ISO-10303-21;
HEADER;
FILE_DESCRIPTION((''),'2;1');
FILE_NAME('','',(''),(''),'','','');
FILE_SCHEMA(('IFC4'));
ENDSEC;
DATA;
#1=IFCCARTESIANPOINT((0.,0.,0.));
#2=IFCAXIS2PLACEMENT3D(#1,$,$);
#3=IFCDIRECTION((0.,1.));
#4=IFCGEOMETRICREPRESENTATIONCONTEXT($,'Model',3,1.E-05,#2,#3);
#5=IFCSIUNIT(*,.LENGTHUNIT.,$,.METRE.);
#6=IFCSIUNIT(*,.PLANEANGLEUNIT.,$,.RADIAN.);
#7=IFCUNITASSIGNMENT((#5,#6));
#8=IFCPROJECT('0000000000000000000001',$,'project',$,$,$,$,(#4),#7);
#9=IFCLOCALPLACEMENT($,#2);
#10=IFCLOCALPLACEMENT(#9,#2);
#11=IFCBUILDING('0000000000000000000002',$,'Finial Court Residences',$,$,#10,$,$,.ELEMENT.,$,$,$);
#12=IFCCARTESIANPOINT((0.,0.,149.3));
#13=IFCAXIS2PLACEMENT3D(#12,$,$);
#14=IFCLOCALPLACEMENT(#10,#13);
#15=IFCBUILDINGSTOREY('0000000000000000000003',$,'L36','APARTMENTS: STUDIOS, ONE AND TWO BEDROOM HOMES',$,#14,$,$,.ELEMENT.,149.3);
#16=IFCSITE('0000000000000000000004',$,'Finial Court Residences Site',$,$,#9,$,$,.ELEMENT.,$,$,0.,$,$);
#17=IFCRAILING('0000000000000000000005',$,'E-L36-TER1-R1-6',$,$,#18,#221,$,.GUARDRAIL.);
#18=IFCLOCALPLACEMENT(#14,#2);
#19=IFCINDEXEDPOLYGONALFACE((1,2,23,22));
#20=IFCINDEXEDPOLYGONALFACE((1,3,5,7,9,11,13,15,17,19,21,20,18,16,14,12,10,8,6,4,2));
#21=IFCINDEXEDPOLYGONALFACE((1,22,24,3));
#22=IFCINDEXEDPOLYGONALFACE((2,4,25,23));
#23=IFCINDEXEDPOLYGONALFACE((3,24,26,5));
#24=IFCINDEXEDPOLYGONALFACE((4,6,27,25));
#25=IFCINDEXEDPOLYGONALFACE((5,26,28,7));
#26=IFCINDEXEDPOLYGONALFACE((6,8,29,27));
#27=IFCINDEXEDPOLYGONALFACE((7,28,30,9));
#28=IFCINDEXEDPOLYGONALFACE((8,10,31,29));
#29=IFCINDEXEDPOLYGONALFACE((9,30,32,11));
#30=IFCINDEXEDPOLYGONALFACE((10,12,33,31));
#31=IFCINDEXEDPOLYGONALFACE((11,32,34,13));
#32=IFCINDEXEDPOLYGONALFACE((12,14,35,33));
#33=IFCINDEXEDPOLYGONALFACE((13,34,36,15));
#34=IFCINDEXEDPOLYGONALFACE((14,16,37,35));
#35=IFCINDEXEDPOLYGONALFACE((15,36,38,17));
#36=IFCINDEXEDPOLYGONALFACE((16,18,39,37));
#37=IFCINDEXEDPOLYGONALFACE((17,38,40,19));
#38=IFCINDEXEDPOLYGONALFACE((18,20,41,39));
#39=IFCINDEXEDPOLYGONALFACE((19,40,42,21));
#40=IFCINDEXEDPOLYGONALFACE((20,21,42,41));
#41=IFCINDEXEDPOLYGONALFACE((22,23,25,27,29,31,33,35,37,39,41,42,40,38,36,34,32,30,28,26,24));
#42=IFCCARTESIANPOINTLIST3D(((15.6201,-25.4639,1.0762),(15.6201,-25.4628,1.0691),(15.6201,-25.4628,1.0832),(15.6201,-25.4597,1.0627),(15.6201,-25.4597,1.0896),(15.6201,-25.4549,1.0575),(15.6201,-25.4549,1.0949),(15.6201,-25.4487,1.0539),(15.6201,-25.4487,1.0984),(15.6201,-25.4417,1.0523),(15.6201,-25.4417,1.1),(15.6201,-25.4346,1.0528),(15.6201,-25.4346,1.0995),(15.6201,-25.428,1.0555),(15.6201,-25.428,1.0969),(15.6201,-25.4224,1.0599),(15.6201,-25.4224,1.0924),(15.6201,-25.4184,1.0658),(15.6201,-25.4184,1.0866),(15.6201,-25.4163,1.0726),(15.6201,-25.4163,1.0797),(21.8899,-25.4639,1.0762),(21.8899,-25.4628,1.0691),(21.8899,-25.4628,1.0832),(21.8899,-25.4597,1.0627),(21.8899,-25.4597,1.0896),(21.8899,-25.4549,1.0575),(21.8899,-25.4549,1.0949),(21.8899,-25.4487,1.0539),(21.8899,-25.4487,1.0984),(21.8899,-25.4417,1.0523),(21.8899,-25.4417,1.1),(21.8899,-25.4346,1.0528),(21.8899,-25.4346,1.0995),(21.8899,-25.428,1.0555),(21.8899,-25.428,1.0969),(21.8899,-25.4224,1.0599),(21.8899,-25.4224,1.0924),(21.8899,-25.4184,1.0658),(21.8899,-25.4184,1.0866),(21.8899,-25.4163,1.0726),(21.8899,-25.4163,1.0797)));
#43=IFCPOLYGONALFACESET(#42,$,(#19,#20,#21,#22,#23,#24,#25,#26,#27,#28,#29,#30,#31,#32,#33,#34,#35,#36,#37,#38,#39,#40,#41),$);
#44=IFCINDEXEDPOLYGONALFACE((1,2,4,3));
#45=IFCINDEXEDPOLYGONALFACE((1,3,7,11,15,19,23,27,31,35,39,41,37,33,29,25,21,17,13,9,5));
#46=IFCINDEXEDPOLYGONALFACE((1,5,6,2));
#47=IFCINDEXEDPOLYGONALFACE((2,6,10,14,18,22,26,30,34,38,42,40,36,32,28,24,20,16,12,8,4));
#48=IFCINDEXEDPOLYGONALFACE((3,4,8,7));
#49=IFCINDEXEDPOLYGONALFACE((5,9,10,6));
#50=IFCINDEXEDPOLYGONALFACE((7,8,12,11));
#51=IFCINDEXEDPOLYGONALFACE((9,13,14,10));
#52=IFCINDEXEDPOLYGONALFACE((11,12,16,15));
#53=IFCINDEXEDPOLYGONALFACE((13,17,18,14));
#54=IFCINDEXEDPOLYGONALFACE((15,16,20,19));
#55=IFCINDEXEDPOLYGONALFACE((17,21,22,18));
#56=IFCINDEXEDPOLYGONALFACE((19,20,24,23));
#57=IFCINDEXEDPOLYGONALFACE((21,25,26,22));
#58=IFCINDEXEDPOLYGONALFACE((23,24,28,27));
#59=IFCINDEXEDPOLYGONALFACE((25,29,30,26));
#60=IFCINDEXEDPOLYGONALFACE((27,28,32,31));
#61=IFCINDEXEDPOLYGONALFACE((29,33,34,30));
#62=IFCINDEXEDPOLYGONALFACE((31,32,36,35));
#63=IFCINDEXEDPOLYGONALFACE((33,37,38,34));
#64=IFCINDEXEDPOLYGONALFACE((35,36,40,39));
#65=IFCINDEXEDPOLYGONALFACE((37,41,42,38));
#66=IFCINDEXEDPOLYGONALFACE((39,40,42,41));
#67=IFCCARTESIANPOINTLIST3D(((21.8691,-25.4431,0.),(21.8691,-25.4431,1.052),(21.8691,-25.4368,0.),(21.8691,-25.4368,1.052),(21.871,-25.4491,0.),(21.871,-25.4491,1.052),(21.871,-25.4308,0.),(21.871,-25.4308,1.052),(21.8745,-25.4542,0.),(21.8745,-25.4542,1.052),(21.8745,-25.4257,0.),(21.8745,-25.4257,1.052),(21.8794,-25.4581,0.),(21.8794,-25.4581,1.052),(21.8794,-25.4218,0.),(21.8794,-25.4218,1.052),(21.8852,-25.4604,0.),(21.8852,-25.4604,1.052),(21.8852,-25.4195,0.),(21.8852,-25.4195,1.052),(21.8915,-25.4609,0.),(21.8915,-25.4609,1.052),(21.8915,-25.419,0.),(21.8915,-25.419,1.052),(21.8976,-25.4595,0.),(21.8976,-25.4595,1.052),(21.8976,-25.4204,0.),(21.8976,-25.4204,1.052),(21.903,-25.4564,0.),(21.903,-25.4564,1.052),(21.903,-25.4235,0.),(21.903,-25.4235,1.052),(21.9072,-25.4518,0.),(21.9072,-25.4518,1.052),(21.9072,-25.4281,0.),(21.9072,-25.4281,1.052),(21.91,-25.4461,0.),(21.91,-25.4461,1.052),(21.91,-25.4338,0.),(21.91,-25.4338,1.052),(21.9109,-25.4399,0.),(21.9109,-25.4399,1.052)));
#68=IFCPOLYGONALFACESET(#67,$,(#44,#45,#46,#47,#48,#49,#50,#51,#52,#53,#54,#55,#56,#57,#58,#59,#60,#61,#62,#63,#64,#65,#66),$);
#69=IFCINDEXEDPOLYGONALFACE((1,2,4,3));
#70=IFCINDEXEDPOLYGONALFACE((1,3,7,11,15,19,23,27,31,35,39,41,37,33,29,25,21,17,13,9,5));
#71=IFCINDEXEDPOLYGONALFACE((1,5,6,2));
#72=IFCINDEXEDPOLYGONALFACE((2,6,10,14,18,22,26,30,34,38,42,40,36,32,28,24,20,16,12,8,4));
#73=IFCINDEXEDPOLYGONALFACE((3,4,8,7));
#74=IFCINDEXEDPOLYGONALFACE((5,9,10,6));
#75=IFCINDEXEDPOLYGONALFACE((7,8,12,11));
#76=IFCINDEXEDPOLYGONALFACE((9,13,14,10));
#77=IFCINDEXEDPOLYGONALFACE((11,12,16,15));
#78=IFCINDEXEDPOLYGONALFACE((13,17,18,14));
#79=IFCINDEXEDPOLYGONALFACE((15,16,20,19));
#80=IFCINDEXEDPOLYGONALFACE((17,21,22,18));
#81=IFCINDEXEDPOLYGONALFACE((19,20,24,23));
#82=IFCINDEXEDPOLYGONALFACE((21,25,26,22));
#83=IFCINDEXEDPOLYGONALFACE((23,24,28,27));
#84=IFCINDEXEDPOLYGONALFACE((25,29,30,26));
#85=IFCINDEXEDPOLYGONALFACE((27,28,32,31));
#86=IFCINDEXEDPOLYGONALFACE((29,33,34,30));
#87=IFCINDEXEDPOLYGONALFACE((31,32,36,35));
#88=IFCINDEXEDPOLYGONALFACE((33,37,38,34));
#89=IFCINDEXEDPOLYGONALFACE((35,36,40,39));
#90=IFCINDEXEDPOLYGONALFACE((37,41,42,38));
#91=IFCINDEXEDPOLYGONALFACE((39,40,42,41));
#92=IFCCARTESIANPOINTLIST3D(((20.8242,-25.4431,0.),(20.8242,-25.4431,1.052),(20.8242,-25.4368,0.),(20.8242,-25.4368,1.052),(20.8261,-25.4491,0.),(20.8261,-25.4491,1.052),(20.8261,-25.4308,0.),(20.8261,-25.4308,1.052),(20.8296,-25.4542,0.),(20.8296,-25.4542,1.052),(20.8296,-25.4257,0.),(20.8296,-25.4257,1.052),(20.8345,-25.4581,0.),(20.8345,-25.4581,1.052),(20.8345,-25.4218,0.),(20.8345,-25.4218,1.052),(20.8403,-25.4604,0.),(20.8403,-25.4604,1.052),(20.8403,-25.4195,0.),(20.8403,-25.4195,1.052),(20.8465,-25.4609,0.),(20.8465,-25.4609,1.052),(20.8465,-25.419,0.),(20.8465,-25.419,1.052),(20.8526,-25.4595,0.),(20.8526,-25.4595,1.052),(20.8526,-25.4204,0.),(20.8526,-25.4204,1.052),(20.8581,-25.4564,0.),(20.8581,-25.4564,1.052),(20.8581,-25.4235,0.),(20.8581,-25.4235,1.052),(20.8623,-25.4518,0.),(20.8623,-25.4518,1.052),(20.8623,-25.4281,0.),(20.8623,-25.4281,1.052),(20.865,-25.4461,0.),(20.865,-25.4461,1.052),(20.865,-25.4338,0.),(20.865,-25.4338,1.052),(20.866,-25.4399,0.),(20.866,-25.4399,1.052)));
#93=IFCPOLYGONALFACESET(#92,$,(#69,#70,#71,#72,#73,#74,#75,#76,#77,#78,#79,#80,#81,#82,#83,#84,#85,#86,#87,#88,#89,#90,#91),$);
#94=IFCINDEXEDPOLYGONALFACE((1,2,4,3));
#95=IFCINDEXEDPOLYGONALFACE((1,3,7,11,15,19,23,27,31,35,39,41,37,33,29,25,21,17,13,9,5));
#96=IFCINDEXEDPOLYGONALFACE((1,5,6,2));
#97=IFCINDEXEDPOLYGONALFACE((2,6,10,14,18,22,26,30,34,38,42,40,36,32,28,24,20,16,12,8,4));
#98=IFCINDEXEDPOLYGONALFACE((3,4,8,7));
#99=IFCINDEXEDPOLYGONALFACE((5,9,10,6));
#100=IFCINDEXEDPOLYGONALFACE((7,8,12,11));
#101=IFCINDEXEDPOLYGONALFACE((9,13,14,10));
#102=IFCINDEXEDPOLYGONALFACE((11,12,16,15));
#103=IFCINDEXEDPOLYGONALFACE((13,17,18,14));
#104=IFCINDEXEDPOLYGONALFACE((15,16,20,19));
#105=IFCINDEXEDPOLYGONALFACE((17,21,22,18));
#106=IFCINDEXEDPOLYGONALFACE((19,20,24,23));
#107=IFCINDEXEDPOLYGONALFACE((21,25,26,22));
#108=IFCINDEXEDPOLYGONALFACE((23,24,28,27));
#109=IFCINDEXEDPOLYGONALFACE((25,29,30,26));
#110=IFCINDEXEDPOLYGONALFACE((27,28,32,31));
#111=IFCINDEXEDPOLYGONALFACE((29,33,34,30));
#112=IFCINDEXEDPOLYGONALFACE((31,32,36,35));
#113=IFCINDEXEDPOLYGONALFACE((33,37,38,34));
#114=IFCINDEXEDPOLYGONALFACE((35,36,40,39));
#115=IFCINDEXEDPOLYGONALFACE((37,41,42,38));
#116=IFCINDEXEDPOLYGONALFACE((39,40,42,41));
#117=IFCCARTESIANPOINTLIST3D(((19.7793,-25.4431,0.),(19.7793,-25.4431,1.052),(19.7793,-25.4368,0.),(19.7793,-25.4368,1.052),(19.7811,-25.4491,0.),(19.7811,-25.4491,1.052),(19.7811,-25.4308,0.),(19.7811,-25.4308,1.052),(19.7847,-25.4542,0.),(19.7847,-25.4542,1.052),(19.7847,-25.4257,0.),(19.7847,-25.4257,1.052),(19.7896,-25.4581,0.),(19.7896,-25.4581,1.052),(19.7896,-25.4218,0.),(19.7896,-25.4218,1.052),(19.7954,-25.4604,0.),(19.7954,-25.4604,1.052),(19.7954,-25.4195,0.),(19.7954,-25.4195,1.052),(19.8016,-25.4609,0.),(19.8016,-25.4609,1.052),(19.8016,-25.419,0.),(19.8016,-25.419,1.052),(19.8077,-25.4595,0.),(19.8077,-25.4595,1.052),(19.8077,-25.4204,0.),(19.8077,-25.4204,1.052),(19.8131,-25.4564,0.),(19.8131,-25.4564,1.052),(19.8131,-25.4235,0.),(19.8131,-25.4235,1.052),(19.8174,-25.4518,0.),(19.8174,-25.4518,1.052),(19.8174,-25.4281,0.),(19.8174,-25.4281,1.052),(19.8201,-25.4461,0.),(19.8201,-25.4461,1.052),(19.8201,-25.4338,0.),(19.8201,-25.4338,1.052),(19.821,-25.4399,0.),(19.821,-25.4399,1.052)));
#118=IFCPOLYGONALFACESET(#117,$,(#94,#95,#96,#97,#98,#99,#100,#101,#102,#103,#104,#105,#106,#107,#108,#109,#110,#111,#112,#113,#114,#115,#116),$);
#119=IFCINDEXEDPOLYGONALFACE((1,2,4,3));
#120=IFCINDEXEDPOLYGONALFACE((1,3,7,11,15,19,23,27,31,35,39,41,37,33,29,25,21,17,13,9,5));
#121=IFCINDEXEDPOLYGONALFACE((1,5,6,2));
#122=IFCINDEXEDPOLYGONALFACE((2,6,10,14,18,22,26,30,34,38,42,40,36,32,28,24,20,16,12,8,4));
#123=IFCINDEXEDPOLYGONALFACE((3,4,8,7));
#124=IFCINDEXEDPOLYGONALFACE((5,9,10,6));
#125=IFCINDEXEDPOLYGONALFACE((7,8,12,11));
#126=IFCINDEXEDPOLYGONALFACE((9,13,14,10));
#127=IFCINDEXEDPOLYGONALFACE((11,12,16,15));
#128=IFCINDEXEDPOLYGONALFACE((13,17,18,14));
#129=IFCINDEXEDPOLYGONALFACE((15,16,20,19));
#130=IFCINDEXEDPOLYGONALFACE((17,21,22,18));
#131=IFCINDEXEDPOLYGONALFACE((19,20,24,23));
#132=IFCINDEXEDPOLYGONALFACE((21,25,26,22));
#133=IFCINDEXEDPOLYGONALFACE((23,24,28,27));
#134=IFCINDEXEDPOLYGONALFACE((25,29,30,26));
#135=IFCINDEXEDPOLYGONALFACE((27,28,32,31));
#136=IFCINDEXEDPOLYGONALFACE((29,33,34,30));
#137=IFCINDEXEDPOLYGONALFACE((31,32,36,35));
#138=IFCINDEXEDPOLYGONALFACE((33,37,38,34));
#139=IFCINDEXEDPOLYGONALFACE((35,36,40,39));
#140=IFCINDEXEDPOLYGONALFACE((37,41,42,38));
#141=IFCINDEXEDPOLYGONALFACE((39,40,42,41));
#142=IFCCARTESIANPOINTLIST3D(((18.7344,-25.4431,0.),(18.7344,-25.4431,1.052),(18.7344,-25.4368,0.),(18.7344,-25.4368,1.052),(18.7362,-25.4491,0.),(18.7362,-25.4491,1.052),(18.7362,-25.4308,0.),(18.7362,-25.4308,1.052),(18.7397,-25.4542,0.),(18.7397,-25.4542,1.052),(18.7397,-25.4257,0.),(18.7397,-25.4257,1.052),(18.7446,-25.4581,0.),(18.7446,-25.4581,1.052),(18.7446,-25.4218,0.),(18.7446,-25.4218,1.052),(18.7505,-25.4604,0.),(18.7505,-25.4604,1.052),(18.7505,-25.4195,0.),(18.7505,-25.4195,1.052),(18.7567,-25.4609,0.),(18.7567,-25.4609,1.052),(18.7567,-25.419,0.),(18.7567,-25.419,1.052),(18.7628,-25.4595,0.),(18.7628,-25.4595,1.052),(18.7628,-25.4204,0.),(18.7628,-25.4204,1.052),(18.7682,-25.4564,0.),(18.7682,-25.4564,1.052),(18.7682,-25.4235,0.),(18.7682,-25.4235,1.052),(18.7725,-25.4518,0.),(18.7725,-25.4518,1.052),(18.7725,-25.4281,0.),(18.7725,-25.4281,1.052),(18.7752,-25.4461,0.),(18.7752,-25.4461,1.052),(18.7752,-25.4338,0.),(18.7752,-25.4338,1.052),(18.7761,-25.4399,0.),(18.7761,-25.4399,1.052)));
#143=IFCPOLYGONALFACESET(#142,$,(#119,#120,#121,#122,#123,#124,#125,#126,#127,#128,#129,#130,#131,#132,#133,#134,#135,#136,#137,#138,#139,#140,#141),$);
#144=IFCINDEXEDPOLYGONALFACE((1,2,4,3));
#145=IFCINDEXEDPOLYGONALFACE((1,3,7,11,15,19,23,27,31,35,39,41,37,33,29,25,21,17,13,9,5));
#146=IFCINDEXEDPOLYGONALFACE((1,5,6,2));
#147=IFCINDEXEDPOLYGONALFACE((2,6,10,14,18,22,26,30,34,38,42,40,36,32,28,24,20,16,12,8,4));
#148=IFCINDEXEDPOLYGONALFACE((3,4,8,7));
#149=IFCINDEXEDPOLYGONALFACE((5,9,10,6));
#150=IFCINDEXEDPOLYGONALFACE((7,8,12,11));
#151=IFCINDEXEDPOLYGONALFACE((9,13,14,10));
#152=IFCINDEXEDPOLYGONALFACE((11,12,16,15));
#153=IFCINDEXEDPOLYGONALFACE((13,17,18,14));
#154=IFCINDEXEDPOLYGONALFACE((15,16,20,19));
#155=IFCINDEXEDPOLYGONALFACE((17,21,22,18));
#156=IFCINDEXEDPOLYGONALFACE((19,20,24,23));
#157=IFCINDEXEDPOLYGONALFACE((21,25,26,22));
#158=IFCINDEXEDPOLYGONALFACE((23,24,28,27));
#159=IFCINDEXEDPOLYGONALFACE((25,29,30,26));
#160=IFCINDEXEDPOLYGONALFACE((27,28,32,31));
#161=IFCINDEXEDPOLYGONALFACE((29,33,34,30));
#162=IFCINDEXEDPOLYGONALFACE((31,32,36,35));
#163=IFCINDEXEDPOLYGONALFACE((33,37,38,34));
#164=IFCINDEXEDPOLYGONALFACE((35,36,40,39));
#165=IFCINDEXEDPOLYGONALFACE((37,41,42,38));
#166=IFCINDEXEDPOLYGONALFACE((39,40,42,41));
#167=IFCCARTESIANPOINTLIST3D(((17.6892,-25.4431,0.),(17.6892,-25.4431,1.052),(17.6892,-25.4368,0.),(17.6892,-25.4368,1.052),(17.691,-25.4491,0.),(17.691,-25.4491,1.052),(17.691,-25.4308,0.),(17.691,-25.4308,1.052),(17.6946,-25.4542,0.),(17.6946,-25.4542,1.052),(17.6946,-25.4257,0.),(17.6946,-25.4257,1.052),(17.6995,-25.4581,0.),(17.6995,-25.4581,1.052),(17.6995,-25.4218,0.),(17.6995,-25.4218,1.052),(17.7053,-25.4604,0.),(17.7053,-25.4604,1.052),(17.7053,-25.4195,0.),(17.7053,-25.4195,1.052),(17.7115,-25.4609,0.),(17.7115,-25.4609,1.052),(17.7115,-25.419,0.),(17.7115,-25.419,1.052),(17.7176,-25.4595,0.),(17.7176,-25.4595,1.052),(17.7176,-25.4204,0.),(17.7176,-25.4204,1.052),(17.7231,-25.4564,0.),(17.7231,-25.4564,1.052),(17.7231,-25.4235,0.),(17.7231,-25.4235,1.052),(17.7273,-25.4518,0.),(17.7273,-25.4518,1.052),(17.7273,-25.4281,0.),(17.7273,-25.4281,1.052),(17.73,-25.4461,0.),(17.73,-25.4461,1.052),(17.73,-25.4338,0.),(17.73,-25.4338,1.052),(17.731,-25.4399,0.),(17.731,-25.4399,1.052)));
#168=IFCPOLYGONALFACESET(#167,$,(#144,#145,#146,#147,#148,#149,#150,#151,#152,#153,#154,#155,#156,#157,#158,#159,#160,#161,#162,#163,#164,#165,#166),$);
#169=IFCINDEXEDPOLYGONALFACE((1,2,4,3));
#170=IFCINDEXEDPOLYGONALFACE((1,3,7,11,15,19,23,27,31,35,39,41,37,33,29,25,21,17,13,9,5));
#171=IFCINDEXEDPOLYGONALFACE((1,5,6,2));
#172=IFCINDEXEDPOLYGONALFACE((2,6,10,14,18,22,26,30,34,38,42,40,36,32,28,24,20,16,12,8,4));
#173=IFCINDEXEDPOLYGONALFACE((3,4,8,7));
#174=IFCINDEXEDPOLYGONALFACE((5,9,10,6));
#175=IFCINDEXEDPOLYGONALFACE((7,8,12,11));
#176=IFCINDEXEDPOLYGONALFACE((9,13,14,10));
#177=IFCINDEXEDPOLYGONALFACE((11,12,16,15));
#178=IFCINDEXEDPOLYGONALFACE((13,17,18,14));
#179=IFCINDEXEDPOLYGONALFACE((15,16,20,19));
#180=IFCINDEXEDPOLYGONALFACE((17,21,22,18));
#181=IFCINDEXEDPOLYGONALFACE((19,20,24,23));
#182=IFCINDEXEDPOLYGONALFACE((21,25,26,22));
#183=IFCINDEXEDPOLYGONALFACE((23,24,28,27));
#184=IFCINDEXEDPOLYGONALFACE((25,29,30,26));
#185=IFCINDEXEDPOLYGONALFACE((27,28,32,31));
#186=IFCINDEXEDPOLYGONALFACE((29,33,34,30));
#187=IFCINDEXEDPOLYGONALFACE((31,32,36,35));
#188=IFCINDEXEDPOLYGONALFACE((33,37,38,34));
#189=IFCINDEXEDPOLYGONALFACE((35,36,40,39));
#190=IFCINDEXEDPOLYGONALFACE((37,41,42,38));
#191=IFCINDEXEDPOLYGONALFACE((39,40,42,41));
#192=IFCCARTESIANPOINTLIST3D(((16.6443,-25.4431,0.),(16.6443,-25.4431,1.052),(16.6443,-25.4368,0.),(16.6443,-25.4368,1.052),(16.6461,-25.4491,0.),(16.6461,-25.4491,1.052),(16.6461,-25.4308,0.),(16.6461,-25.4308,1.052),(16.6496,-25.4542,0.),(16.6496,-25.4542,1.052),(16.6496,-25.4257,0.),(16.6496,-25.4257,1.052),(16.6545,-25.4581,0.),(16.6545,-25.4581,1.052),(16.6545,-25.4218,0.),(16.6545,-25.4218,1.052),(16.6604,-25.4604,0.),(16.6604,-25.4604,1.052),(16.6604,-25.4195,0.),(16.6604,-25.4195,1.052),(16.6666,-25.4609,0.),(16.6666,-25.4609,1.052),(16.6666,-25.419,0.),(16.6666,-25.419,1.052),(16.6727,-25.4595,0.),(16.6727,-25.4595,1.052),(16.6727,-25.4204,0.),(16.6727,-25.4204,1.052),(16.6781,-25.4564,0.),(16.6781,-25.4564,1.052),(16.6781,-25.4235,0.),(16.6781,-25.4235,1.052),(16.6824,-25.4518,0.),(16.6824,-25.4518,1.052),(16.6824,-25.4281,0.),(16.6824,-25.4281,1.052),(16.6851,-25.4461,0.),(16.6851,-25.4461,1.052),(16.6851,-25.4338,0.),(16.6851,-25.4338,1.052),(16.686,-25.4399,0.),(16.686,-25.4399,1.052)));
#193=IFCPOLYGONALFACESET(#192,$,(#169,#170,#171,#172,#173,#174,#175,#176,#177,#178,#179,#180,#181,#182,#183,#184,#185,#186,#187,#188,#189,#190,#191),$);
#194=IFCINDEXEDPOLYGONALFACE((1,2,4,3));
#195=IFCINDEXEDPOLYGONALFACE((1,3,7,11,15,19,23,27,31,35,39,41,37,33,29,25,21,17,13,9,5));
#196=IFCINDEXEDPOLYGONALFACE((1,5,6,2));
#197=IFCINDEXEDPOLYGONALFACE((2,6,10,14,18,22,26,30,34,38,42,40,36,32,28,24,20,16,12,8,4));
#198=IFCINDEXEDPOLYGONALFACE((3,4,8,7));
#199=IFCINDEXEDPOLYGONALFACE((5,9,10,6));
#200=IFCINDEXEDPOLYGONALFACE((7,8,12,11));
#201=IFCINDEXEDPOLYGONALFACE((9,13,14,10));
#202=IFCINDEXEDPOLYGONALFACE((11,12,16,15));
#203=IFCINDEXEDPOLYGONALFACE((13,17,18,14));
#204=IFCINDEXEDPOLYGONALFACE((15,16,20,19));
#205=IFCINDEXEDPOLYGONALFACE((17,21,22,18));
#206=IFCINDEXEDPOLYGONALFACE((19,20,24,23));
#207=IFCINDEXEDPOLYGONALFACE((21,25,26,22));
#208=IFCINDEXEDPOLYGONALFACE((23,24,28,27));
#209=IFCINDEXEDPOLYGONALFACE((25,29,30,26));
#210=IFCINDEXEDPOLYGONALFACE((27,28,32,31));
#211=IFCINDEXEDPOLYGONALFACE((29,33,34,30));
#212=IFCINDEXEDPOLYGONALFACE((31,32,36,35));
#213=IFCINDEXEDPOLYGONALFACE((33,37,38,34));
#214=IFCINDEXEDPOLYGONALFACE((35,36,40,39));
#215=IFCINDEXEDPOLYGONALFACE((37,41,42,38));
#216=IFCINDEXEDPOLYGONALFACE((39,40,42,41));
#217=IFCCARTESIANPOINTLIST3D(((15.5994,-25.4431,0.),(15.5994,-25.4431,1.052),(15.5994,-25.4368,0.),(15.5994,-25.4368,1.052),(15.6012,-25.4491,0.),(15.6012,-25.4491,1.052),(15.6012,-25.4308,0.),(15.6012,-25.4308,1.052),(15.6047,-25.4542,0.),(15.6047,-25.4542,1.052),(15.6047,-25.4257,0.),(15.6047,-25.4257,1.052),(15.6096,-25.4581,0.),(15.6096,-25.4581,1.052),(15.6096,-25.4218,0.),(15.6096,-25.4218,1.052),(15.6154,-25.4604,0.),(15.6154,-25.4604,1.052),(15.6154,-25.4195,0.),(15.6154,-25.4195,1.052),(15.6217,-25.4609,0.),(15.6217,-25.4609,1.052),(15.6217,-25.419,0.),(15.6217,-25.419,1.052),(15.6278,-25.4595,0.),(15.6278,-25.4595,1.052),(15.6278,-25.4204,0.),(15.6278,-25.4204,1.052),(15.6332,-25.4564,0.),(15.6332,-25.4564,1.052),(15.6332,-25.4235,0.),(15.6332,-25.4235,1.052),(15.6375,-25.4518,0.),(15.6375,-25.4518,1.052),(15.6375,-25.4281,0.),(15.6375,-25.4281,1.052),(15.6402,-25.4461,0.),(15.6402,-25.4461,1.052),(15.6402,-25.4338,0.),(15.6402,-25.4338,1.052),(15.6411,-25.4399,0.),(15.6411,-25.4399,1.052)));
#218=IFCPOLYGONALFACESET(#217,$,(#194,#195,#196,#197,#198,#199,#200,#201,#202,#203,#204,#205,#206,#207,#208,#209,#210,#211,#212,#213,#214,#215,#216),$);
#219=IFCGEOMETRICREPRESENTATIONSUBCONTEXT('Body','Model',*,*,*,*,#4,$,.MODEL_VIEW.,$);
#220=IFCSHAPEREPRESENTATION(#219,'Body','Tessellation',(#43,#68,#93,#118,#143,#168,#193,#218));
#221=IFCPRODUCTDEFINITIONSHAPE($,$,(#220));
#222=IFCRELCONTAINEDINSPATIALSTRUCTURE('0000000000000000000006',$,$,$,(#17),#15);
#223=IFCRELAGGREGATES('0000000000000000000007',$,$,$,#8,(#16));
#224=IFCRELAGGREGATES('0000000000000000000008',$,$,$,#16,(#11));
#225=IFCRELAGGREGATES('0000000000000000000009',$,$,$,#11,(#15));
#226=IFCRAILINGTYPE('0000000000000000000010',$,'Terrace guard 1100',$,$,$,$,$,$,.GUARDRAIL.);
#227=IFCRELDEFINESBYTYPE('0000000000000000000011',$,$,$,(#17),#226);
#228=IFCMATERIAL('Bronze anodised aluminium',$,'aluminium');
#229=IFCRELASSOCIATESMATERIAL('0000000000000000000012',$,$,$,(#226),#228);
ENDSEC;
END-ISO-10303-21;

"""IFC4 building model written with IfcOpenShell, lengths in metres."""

from ifc_helpers import new_model, si_unit, direction, frame, origin, origin_2d, place, context, subcontext, project, spatial, circle, extrude, material, type_object, element, save


model = new_model("IFC4")

# Units and contexts
model_context = context("Model", 3, precision=1e-05, world=origin(), true_north=direction((0.0, 1.0)))
body_context = subcontext(model_context, "Body", "Model", "MODEL_VIEW")
ifc_project = project(units=[si_unit("LENGTHUNIT", "METRE"), si_unit("PLANEANGLEUNIT", "RADIAN")], contexts=[model_context])

# Site, building, storey
site_placement = place(None, origin())
site = spatial("IfcSite", under=ifc_project, at=site_placement, Name="Finial Court Residences Site", CompositionType="ELEMENT", RefElevation=0.0)
building_placement = place(site_placement, origin())
building = spatial("IfcBuilding", under=site, at=building_placement, Name="Finial Court Residences", CompositionType="ELEMENT")
storey_placement = place(building_placement, frame((0.0, 0.0, 149.3)))
storey = spatial("IfcBuildingStorey", under=building, at=storey_placement, Name="L36", Description="APARTMENTS: STUDIOS, ONE AND TWO BEDROOM HOMES", CompositionType="ELEMENT", Elevation=149.3)

# Shared definitions
ifc_material_1 = material(Name="Bronze anodised aluminium", Category="aluminium")

# Railing
railing_type_1 = type_object("IfcRailingType", Name="Terrace guard 1100", PredefinedType="GUARDRAIL", material=ifc_material_1)
railing_1_placement = place(storey_placement, frame((21.8899, -25.4399, 0.0)))
element("IfcRailing", 1, at=railing_1_placement, inside=storey, type_object=railing_type_1, Name="E-L36-TER1-R1-6", PredefinedType="GUARDRAIL", context=body_context, shape_type="SweptSolid", body=[
    extrude(circle(Radius=0.0239, at=origin_2d()), frame((0.0, 0.0, 1.0762), z_axis=(-1.0, 0.0, 0.0), x_axis=(0.0, -1.0, 0.0)), (0.0, 0.0, 1.0), 6.2698),
    extrude(circle(Radius=0.021, at=origin_2d()), origin(), (0.0, 0.0, 1.0), 1.052),
    extrude(circle(Radius=0.021, at=origin_2d()), frame((-1.0449, 0.0, 0.0)), (0.0, 0.0, 1.0), 1.052),
    extrude(circle(Radius=0.021, at=origin_2d()), frame((-2.0898, 0.0, 0.0)), (0.0, 0.0, 1.0), 1.052),
    extrude(circle(Radius=0.021, at=origin_2d()), frame((-3.1348, 0.0, 0.0)), (0.0, 0.0, 1.0), 1.052),
    extrude(circle(Radius=0.021, at=origin_2d()), frame((-4.1799, 0.0, 0.0)), (0.0, 0.0, 1.0), 1.052),
    extrude(circle(Radius=0.021, at=origin_2d()), frame((-5.2249, 0.0, 0.0)), (0.0, 0.0, 1.0), 1.052),
    extrude(circle(Radius=0.021, at=origin_2d()), frame((-6.2698, 0.0, 0.0)), (0.0, 0.0, 1.0), 1.052),
])

save(model, "model.ifc")
